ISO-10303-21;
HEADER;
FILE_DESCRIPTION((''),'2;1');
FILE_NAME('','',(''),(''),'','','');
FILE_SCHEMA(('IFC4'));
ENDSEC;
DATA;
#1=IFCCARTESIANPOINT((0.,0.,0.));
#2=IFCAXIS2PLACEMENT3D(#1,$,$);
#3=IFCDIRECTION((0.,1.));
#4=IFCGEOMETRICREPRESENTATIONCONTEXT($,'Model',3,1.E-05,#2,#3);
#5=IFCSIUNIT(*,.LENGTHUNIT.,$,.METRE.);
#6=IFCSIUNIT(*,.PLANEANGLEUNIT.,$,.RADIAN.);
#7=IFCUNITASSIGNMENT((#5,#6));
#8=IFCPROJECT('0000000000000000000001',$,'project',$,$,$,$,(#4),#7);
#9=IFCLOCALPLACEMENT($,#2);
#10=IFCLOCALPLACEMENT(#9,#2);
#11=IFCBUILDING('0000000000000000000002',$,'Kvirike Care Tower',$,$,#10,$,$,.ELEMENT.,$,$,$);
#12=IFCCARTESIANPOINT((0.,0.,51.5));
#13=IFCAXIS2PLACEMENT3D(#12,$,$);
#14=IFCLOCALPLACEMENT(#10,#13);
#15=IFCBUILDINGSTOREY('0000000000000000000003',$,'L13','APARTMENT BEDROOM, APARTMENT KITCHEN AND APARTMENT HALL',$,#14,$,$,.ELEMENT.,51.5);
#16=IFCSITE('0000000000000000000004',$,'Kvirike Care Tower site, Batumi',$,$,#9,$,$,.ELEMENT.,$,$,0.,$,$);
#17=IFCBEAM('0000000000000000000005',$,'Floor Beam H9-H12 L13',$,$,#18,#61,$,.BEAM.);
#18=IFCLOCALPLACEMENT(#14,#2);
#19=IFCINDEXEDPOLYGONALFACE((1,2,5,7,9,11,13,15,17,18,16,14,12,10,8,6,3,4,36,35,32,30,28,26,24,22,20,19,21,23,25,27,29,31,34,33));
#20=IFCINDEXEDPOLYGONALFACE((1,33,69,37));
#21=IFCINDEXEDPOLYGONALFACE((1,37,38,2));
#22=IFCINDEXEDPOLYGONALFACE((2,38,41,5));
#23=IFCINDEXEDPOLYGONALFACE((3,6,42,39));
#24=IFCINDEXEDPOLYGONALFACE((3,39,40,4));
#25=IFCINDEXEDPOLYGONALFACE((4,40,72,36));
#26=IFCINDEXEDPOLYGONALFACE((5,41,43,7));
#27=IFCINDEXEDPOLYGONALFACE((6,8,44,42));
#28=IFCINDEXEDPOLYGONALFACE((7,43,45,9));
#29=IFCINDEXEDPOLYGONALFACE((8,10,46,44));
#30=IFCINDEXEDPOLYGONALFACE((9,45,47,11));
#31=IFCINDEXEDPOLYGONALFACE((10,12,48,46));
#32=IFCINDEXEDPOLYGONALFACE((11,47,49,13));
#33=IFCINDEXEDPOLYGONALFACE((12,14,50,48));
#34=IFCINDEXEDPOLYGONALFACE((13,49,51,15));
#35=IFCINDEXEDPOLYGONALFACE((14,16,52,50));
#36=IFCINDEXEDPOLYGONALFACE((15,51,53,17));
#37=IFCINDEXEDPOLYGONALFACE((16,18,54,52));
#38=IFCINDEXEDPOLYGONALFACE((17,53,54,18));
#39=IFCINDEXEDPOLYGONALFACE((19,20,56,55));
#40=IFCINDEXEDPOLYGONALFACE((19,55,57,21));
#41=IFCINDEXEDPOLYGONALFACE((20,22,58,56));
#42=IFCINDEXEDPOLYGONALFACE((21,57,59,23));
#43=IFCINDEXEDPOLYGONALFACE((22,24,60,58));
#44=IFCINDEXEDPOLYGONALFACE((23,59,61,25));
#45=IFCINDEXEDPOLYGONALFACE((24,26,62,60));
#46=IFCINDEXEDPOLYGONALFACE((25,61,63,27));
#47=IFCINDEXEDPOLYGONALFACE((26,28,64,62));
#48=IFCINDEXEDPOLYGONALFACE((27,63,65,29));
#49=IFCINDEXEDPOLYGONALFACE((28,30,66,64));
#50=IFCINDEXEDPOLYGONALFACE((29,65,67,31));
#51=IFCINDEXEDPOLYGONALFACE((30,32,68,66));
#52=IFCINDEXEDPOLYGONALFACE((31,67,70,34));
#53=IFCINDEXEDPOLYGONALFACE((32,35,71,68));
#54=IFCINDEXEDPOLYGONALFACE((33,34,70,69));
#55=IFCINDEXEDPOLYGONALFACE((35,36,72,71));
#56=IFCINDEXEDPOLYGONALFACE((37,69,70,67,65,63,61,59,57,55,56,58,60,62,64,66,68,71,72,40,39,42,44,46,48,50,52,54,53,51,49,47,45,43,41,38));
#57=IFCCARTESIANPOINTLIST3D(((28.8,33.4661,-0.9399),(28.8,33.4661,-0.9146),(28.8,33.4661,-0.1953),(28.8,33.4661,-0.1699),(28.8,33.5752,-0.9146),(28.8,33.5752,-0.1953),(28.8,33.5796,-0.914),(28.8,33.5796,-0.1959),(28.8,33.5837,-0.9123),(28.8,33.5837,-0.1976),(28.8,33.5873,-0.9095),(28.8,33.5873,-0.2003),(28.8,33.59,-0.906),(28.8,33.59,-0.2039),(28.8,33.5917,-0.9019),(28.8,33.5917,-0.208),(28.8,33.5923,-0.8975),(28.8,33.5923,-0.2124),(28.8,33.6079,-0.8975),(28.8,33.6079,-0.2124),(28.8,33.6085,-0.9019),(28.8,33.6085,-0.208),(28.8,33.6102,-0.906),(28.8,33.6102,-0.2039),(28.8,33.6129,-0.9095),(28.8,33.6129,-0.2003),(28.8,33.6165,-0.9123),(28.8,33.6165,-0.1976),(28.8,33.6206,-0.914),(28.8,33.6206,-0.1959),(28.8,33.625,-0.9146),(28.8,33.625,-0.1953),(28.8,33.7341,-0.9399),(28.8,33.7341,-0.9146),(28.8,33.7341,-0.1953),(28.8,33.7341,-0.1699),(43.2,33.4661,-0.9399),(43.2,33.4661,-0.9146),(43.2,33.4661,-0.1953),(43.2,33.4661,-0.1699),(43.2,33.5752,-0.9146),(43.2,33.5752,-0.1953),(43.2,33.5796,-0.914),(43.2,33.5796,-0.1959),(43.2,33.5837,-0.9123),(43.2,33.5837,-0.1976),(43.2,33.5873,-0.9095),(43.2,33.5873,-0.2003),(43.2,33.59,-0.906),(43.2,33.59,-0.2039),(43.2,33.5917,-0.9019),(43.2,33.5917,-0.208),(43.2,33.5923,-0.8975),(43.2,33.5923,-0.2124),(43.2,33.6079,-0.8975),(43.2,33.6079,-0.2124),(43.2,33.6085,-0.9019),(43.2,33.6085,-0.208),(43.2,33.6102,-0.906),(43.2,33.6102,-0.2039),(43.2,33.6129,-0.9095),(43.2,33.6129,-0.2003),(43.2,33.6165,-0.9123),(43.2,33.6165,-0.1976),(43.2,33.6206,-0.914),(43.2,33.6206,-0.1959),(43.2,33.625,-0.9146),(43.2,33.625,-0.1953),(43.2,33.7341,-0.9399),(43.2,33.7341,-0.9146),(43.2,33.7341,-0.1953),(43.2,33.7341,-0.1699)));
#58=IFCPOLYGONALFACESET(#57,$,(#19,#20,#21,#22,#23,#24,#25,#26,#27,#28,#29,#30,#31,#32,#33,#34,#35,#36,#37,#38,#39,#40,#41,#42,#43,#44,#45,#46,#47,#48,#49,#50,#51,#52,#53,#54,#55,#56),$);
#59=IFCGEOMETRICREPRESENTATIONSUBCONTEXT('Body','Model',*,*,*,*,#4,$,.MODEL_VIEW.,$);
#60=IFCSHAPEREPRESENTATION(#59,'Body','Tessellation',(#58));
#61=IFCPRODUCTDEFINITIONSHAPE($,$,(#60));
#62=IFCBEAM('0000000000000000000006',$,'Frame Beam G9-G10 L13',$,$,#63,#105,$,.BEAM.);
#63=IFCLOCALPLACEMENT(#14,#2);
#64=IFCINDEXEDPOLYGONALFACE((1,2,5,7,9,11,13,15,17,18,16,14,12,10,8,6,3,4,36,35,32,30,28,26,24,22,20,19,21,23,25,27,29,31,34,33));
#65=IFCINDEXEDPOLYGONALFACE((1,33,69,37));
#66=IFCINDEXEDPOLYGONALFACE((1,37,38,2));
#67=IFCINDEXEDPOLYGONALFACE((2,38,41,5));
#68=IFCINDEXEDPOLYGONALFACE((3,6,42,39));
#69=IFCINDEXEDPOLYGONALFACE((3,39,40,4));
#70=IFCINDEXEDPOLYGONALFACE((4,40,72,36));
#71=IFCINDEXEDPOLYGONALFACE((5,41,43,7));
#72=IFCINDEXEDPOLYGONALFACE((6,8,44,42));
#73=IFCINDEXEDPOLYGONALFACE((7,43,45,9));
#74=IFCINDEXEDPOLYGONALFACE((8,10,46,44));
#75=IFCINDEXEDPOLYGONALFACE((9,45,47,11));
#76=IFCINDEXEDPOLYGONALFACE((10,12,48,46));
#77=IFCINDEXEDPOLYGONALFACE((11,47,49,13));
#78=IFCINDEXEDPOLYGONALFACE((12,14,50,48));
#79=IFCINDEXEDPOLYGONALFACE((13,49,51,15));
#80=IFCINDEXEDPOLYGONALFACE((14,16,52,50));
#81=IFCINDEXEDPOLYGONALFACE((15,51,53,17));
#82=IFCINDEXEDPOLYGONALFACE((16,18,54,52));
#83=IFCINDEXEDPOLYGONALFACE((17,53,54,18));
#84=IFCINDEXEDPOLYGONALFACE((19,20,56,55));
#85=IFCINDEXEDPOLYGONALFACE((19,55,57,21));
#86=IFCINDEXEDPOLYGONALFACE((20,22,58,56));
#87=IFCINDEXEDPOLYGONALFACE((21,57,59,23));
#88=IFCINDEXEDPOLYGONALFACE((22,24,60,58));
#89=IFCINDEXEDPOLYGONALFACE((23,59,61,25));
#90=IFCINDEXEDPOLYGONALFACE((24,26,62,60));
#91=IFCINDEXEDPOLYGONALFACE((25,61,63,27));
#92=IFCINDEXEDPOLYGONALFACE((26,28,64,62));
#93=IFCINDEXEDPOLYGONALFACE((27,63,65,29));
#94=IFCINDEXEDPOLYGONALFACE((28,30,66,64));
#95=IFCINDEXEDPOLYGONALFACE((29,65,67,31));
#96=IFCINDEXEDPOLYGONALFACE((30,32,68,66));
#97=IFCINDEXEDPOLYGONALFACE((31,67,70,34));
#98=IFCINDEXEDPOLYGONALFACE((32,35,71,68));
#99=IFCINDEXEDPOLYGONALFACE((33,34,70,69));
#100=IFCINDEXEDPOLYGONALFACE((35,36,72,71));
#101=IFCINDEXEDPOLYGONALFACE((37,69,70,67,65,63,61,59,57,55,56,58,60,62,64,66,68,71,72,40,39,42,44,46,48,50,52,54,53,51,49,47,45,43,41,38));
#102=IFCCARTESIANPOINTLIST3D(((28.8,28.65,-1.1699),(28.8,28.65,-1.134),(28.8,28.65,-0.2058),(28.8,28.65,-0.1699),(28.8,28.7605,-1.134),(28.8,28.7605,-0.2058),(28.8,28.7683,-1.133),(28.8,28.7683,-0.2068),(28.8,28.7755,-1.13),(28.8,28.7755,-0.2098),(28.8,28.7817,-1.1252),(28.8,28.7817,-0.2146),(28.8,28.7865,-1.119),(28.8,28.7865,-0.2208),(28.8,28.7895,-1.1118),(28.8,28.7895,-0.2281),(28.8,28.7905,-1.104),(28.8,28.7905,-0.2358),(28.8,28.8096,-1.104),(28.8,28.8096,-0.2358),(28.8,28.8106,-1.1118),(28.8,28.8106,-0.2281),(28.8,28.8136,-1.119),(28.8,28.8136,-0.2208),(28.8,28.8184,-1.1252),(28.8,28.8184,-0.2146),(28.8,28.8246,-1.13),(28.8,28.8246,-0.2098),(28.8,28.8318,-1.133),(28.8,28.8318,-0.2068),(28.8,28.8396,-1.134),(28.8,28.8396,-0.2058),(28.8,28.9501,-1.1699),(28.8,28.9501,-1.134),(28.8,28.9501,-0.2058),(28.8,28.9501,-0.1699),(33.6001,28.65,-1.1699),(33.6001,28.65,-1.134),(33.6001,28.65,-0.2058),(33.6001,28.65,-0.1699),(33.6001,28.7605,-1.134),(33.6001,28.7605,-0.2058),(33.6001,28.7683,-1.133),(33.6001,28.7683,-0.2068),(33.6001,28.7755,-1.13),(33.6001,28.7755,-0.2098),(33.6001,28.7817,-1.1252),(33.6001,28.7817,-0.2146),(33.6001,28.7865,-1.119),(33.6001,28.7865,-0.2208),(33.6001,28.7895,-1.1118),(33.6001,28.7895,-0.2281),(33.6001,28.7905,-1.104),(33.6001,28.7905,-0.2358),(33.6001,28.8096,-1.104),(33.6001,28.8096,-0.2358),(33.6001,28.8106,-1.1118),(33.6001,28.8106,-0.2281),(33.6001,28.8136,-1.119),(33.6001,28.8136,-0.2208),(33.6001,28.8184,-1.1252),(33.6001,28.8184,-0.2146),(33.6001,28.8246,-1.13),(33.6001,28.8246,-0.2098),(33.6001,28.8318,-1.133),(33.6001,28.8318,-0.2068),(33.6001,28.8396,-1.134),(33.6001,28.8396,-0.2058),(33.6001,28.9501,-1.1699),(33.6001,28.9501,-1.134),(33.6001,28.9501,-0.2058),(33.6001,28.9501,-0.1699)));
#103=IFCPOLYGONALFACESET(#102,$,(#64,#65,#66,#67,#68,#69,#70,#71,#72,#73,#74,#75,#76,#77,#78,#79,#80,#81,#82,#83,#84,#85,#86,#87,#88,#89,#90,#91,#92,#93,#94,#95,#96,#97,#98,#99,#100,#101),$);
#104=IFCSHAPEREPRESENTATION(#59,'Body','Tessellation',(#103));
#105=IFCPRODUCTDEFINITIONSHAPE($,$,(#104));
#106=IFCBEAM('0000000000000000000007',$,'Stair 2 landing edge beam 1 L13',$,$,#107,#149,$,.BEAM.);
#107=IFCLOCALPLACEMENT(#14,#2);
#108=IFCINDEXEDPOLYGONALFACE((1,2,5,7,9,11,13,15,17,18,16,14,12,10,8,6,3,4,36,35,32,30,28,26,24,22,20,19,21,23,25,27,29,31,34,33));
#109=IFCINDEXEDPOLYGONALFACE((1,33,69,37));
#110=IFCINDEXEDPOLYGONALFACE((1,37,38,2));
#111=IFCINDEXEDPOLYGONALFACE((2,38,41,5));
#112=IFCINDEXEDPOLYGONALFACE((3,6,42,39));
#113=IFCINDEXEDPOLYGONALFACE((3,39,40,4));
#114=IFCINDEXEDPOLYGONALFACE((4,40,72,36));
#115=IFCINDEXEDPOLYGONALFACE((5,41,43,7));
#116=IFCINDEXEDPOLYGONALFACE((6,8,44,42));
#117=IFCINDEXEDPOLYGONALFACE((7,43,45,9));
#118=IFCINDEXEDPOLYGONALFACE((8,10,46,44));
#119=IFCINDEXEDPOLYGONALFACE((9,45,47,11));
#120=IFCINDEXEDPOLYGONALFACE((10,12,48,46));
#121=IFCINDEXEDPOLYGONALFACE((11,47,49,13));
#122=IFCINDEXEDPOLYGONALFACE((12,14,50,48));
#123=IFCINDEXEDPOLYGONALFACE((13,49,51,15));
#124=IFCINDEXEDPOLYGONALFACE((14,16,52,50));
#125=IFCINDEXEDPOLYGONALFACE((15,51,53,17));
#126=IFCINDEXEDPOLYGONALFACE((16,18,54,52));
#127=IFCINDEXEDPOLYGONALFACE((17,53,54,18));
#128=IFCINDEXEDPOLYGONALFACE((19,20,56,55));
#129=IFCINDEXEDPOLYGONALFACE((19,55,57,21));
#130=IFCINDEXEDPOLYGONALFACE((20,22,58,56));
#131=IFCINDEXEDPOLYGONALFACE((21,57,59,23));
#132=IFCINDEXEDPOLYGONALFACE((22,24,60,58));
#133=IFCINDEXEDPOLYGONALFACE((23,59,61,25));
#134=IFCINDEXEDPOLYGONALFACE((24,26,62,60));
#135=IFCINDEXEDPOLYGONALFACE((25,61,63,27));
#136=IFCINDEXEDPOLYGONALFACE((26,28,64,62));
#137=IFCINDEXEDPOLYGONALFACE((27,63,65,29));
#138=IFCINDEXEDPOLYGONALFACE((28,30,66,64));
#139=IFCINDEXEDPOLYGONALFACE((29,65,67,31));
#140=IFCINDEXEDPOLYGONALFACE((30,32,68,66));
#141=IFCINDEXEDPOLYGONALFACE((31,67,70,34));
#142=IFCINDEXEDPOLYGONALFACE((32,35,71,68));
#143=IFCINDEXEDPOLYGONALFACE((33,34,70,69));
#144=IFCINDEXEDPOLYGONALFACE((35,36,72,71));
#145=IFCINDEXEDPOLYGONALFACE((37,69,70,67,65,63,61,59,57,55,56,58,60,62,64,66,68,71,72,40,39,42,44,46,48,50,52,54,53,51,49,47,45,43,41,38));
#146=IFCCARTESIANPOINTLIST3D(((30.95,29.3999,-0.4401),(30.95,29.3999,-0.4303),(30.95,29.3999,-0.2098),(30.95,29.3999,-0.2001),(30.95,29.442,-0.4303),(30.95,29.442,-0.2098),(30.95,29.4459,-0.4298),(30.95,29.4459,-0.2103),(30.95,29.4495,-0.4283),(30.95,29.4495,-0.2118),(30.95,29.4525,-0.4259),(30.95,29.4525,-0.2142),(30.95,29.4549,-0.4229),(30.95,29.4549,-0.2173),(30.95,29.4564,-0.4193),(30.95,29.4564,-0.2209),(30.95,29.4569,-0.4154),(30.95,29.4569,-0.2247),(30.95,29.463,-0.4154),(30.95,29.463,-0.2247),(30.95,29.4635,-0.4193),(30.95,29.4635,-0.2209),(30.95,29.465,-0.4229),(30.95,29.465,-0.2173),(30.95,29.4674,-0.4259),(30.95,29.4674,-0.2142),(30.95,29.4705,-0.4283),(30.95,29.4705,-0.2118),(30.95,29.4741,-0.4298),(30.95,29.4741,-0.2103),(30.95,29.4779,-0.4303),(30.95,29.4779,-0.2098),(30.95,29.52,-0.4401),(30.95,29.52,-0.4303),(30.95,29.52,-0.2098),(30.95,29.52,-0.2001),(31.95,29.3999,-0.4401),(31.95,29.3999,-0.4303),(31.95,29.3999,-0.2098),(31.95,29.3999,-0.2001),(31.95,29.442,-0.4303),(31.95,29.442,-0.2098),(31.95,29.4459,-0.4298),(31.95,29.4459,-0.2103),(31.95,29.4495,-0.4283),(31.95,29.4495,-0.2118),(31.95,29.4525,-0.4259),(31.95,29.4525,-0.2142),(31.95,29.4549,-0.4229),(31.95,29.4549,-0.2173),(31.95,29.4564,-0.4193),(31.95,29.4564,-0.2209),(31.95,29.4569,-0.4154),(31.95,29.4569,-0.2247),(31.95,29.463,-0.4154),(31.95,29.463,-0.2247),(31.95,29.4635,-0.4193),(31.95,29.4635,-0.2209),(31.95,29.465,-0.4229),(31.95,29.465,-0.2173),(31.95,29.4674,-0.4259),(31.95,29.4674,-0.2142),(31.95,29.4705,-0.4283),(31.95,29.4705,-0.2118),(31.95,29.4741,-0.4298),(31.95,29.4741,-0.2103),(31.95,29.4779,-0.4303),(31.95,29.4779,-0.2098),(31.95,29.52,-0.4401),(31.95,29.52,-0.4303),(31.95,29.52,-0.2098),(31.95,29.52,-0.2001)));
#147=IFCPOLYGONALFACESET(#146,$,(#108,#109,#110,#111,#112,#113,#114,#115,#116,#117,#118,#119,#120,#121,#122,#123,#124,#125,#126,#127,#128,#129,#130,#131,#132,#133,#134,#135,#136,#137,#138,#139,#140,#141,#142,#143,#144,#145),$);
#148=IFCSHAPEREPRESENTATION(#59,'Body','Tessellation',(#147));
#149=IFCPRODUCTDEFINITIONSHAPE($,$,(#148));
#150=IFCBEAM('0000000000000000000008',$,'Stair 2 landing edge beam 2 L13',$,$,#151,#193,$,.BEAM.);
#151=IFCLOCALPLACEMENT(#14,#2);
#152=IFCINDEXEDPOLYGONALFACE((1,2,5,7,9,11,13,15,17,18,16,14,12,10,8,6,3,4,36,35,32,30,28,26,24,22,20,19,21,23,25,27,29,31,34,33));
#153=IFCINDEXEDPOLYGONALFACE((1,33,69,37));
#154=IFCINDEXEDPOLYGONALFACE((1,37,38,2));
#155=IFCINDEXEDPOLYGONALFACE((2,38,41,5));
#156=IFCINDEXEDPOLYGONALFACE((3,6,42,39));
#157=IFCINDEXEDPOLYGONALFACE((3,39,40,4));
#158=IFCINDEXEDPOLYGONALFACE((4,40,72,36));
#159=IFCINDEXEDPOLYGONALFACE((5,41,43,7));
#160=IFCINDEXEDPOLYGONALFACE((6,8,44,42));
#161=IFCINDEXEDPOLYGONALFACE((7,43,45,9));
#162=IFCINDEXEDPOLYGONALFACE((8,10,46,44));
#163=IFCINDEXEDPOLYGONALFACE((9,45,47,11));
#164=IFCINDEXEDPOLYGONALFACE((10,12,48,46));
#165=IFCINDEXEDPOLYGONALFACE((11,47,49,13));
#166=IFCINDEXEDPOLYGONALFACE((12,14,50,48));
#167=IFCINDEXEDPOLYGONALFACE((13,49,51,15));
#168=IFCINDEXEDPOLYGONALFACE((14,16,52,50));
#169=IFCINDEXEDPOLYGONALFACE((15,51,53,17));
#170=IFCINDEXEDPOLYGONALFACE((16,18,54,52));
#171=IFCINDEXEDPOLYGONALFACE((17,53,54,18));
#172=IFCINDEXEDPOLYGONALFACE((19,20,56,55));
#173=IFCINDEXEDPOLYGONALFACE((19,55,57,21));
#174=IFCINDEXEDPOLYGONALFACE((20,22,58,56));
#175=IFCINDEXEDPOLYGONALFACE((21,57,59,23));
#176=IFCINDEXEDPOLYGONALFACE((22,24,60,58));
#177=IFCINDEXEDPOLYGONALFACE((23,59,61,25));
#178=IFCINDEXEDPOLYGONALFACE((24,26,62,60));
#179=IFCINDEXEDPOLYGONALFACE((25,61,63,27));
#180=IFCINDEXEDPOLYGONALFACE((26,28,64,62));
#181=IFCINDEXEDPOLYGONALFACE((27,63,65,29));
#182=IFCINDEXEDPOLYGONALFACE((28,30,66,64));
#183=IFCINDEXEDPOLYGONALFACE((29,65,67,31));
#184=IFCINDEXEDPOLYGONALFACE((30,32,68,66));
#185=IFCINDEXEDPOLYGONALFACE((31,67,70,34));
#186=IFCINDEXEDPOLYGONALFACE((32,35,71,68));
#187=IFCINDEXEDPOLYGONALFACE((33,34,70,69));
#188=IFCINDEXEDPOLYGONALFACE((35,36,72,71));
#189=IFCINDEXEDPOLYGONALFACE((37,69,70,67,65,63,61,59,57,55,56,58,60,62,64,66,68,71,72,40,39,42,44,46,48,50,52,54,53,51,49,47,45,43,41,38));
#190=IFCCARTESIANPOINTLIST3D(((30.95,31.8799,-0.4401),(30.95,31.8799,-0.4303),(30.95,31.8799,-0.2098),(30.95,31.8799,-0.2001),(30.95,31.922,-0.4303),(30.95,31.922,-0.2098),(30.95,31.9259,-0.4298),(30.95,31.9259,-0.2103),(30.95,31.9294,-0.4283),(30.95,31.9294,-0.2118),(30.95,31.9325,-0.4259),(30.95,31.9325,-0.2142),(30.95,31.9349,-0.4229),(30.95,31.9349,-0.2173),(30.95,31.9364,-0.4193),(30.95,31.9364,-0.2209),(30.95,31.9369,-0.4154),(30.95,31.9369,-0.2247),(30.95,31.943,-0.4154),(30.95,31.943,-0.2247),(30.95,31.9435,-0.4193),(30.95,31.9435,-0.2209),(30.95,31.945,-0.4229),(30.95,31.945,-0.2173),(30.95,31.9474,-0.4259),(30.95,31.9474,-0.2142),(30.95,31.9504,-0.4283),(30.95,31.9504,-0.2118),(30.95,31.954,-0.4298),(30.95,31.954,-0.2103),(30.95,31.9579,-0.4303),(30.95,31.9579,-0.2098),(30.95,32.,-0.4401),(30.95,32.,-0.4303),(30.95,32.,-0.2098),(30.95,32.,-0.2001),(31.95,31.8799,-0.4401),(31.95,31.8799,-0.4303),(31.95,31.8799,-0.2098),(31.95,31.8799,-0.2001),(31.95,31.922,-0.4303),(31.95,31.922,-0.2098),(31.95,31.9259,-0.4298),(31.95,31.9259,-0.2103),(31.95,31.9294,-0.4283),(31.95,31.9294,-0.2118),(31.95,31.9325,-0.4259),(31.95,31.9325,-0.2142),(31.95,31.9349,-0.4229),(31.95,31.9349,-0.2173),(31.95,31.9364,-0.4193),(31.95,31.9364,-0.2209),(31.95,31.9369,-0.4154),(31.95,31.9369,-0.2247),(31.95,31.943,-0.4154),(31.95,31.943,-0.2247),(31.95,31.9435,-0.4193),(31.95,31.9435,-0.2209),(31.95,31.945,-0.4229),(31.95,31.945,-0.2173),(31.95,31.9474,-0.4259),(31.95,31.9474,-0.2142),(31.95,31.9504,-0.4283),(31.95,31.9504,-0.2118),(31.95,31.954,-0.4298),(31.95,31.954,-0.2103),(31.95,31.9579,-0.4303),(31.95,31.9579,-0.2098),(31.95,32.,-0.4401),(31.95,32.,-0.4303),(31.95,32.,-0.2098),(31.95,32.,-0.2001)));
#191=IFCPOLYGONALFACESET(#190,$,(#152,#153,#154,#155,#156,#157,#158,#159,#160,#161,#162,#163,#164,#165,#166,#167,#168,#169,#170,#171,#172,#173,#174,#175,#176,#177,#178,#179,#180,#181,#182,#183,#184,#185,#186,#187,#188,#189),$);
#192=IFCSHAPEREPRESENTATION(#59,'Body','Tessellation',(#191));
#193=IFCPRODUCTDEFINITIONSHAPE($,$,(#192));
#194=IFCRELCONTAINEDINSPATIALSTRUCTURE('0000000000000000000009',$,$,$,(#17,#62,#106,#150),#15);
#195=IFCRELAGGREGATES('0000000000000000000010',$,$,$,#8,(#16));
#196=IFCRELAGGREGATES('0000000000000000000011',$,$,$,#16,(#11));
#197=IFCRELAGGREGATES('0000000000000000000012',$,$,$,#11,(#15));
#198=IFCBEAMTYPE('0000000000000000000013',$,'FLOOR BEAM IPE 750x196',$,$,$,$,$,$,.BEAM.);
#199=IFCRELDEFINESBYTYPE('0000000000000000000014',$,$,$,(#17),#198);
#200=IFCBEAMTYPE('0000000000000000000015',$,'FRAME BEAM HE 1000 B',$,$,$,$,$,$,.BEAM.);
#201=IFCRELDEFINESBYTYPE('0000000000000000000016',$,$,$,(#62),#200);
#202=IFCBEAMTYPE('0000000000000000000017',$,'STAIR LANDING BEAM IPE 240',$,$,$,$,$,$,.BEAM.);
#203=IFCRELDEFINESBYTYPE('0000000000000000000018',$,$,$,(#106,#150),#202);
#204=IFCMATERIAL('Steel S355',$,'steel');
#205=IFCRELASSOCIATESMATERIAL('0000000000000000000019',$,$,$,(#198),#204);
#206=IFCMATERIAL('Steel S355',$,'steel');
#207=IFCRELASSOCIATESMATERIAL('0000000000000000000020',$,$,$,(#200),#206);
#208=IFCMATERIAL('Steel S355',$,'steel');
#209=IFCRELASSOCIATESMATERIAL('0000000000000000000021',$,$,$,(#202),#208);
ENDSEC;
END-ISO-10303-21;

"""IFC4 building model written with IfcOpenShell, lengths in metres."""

from ifc_helpers import new_model, si_unit, direction, frame, origin, origin_2d, place, context, subcontext, project, spatial, i_section, extrude, material, material_profile, profile_set, type_object, element, save


model = new_model("IFC4")

# Units and contexts
model_context = context("Model", 3, precision=1e-05, world=origin(), true_north=direction((0.0, 1.0)))
body_context = subcontext(model_context, "Body", "Model", "MODEL_VIEW")
ifc_project = project(units=[si_unit("LENGTHUNIT", "METRE"), si_unit("PLANEANGLEUNIT", "RADIAN")], contexts=[model_context])

# Site, building, storey
site_placement = place(None, origin())
site = spatial("IfcSite", under=ifc_project, at=site_placement, Name="Kvirike Care Tower site, Batumi", CompositionType="ELEMENT", RefElevation=0.0)
building_placement = place(site_placement, origin())
building = spatial("IfcBuilding", under=site, at=building_placement, Name="Kvirike Care Tower", CompositionType="ELEMENT")
storey_placement = place(building_placement, frame((0.0, 0.0, 51.5)))
storey = spatial("IfcBuildingStorey", under=building, at=storey_placement, Name="L13", Description="APARTMENT BEDROOM, APARTMENT KITCHEN AND APARTMENT HALL", CompositionType="ELEMENT", Elevation=51.5)

# Beams
ifc_material_1 = material(Name="Steel S355", Category="steel")
ifc_material_profile_1 = material_profile(ifc_material_1, i_section(OverallWidth=0.2681, OverallDepth=0.77, WebThickness=0.0156, FlangeThickness=0.0254, FilletRadius=0.0171, at=origin_2d()), Name="IPE 750x196")
ifc_profile_set_1 = profile_set([ifc_material_profile_1], Name="Steel S355")
beam_type_1 = type_object("IfcBeamType", Name="FLOOR BEAM IPE 750x196", PredefinedType="BEAM", material=ifc_profile_set_1)
beam_1_placement = place(storey_placement, frame((28.8, 33.6001, -0.5549), z_axis=(1.0, 0.0, 0.0), x_axis=(0.0, 1.0, 0.0)))
element("IfcBeam", 1, at=beam_1_placement, inside=storey, type_object=beam_type_1, Name="Floor Beam H9-H12 L13", PredefinedType="BEAM", context=body_context, shape_type="SweptSolid", body=[
    extrude(i_section(OverallWidth=0.2681, OverallDepth=0.77, WebThickness=0.0156, FlangeThickness=0.0254, FilletRadius=0.0171, at=origin_2d()), origin(), (0.0, 0.0, 1.0), 14.3999),
])
ifc_material_2 = material(Name="Steel S355", Category="steel")
ifc_material_profile_2 = material_profile(ifc_material_2, i_section(OverallWidth=0.3, OverallDepth=1.0, WebThickness=0.019, FlangeThickness=0.0359, FilletRadius=0.03, at=origin_2d()), Name="HE 1000 B")
ifc_profile_set_2 = profile_set([ifc_material_profile_2], Name="Steel S355")
beam_type_2 = type_object("IfcBeamType", Name="FRAME BEAM HE 1000 B", PredefinedType="BEAM", material=ifc_profile_set_2)
beam_2_placement = place(storey_placement, frame((28.8, 28.8, -0.6699), z_axis=(1.0, 0.0, 0.0), x_axis=(0.0, 1.0, 0.0)))
element("IfcBeam", 2, at=beam_2_placement, inside=storey, type_object=beam_type_2, Name="Frame Beam G9-G10 L13", PredefinedType="BEAM", context=body_context, shape_type="SweptSolid", body=[
    extrude(i_section(OverallWidth=0.3, OverallDepth=1.0, WebThickness=0.019, FlangeThickness=0.0359, FilletRadius=0.03, at=origin_2d()), origin(), (0.0, 0.0, 1.0), 4.8),
])
ifc_material_3 = material(Name="Steel S355", Category="steel")
ifc_material_profile_3 = material_profile(ifc_material_3, i_section(OverallWidth=0.1201, OverallDepth=0.24, WebThickness=0.0061, FlangeThickness=0.0098, FilletRadius=0.0149, at=origin_2d()), Name="IPE 240")
ifc_profile_set_3 = profile_set([ifc_material_profile_3], Name="Steel S355")
beam_type_3 = type_object("IfcBeamType", Name="STAIR LANDING BEAM IPE 240", PredefinedType="BEAM", material=ifc_profile_set_3)
for number, where, z_axis, x_axis, name in (
    (3, (31.95, 29.46, -0.3201), (-1.0, 0.0, 0.0), (0.0, -1.0, 0.0), "Stair 2 landing edge beam 1 L13"),
    (4, (31.95, 31.9399, -0.3201), (-1.0, 0.0, 0.0), (0.0, -1.0, 0.0), "Stair 2 landing edge beam 2 L13"),
):
    element("IfcBeam", number, at=place(storey_placement, frame(where, z_axis=z_axis, x_axis=x_axis)), inside=storey, type_object=beam_type_3, Name=name, PredefinedType="BEAM", context=body_context, shape_type="SweptSolid", body=[
        extrude(i_section(OverallWidth=0.1201, OverallDepth=0.24, WebThickness=0.0061, FlangeThickness=0.0098, FilletRadius=0.0149, at=origin_2d()), origin(), (0.0, 0.0, 1.0), 1.0),
    ])

save(model, "model.ifc")
